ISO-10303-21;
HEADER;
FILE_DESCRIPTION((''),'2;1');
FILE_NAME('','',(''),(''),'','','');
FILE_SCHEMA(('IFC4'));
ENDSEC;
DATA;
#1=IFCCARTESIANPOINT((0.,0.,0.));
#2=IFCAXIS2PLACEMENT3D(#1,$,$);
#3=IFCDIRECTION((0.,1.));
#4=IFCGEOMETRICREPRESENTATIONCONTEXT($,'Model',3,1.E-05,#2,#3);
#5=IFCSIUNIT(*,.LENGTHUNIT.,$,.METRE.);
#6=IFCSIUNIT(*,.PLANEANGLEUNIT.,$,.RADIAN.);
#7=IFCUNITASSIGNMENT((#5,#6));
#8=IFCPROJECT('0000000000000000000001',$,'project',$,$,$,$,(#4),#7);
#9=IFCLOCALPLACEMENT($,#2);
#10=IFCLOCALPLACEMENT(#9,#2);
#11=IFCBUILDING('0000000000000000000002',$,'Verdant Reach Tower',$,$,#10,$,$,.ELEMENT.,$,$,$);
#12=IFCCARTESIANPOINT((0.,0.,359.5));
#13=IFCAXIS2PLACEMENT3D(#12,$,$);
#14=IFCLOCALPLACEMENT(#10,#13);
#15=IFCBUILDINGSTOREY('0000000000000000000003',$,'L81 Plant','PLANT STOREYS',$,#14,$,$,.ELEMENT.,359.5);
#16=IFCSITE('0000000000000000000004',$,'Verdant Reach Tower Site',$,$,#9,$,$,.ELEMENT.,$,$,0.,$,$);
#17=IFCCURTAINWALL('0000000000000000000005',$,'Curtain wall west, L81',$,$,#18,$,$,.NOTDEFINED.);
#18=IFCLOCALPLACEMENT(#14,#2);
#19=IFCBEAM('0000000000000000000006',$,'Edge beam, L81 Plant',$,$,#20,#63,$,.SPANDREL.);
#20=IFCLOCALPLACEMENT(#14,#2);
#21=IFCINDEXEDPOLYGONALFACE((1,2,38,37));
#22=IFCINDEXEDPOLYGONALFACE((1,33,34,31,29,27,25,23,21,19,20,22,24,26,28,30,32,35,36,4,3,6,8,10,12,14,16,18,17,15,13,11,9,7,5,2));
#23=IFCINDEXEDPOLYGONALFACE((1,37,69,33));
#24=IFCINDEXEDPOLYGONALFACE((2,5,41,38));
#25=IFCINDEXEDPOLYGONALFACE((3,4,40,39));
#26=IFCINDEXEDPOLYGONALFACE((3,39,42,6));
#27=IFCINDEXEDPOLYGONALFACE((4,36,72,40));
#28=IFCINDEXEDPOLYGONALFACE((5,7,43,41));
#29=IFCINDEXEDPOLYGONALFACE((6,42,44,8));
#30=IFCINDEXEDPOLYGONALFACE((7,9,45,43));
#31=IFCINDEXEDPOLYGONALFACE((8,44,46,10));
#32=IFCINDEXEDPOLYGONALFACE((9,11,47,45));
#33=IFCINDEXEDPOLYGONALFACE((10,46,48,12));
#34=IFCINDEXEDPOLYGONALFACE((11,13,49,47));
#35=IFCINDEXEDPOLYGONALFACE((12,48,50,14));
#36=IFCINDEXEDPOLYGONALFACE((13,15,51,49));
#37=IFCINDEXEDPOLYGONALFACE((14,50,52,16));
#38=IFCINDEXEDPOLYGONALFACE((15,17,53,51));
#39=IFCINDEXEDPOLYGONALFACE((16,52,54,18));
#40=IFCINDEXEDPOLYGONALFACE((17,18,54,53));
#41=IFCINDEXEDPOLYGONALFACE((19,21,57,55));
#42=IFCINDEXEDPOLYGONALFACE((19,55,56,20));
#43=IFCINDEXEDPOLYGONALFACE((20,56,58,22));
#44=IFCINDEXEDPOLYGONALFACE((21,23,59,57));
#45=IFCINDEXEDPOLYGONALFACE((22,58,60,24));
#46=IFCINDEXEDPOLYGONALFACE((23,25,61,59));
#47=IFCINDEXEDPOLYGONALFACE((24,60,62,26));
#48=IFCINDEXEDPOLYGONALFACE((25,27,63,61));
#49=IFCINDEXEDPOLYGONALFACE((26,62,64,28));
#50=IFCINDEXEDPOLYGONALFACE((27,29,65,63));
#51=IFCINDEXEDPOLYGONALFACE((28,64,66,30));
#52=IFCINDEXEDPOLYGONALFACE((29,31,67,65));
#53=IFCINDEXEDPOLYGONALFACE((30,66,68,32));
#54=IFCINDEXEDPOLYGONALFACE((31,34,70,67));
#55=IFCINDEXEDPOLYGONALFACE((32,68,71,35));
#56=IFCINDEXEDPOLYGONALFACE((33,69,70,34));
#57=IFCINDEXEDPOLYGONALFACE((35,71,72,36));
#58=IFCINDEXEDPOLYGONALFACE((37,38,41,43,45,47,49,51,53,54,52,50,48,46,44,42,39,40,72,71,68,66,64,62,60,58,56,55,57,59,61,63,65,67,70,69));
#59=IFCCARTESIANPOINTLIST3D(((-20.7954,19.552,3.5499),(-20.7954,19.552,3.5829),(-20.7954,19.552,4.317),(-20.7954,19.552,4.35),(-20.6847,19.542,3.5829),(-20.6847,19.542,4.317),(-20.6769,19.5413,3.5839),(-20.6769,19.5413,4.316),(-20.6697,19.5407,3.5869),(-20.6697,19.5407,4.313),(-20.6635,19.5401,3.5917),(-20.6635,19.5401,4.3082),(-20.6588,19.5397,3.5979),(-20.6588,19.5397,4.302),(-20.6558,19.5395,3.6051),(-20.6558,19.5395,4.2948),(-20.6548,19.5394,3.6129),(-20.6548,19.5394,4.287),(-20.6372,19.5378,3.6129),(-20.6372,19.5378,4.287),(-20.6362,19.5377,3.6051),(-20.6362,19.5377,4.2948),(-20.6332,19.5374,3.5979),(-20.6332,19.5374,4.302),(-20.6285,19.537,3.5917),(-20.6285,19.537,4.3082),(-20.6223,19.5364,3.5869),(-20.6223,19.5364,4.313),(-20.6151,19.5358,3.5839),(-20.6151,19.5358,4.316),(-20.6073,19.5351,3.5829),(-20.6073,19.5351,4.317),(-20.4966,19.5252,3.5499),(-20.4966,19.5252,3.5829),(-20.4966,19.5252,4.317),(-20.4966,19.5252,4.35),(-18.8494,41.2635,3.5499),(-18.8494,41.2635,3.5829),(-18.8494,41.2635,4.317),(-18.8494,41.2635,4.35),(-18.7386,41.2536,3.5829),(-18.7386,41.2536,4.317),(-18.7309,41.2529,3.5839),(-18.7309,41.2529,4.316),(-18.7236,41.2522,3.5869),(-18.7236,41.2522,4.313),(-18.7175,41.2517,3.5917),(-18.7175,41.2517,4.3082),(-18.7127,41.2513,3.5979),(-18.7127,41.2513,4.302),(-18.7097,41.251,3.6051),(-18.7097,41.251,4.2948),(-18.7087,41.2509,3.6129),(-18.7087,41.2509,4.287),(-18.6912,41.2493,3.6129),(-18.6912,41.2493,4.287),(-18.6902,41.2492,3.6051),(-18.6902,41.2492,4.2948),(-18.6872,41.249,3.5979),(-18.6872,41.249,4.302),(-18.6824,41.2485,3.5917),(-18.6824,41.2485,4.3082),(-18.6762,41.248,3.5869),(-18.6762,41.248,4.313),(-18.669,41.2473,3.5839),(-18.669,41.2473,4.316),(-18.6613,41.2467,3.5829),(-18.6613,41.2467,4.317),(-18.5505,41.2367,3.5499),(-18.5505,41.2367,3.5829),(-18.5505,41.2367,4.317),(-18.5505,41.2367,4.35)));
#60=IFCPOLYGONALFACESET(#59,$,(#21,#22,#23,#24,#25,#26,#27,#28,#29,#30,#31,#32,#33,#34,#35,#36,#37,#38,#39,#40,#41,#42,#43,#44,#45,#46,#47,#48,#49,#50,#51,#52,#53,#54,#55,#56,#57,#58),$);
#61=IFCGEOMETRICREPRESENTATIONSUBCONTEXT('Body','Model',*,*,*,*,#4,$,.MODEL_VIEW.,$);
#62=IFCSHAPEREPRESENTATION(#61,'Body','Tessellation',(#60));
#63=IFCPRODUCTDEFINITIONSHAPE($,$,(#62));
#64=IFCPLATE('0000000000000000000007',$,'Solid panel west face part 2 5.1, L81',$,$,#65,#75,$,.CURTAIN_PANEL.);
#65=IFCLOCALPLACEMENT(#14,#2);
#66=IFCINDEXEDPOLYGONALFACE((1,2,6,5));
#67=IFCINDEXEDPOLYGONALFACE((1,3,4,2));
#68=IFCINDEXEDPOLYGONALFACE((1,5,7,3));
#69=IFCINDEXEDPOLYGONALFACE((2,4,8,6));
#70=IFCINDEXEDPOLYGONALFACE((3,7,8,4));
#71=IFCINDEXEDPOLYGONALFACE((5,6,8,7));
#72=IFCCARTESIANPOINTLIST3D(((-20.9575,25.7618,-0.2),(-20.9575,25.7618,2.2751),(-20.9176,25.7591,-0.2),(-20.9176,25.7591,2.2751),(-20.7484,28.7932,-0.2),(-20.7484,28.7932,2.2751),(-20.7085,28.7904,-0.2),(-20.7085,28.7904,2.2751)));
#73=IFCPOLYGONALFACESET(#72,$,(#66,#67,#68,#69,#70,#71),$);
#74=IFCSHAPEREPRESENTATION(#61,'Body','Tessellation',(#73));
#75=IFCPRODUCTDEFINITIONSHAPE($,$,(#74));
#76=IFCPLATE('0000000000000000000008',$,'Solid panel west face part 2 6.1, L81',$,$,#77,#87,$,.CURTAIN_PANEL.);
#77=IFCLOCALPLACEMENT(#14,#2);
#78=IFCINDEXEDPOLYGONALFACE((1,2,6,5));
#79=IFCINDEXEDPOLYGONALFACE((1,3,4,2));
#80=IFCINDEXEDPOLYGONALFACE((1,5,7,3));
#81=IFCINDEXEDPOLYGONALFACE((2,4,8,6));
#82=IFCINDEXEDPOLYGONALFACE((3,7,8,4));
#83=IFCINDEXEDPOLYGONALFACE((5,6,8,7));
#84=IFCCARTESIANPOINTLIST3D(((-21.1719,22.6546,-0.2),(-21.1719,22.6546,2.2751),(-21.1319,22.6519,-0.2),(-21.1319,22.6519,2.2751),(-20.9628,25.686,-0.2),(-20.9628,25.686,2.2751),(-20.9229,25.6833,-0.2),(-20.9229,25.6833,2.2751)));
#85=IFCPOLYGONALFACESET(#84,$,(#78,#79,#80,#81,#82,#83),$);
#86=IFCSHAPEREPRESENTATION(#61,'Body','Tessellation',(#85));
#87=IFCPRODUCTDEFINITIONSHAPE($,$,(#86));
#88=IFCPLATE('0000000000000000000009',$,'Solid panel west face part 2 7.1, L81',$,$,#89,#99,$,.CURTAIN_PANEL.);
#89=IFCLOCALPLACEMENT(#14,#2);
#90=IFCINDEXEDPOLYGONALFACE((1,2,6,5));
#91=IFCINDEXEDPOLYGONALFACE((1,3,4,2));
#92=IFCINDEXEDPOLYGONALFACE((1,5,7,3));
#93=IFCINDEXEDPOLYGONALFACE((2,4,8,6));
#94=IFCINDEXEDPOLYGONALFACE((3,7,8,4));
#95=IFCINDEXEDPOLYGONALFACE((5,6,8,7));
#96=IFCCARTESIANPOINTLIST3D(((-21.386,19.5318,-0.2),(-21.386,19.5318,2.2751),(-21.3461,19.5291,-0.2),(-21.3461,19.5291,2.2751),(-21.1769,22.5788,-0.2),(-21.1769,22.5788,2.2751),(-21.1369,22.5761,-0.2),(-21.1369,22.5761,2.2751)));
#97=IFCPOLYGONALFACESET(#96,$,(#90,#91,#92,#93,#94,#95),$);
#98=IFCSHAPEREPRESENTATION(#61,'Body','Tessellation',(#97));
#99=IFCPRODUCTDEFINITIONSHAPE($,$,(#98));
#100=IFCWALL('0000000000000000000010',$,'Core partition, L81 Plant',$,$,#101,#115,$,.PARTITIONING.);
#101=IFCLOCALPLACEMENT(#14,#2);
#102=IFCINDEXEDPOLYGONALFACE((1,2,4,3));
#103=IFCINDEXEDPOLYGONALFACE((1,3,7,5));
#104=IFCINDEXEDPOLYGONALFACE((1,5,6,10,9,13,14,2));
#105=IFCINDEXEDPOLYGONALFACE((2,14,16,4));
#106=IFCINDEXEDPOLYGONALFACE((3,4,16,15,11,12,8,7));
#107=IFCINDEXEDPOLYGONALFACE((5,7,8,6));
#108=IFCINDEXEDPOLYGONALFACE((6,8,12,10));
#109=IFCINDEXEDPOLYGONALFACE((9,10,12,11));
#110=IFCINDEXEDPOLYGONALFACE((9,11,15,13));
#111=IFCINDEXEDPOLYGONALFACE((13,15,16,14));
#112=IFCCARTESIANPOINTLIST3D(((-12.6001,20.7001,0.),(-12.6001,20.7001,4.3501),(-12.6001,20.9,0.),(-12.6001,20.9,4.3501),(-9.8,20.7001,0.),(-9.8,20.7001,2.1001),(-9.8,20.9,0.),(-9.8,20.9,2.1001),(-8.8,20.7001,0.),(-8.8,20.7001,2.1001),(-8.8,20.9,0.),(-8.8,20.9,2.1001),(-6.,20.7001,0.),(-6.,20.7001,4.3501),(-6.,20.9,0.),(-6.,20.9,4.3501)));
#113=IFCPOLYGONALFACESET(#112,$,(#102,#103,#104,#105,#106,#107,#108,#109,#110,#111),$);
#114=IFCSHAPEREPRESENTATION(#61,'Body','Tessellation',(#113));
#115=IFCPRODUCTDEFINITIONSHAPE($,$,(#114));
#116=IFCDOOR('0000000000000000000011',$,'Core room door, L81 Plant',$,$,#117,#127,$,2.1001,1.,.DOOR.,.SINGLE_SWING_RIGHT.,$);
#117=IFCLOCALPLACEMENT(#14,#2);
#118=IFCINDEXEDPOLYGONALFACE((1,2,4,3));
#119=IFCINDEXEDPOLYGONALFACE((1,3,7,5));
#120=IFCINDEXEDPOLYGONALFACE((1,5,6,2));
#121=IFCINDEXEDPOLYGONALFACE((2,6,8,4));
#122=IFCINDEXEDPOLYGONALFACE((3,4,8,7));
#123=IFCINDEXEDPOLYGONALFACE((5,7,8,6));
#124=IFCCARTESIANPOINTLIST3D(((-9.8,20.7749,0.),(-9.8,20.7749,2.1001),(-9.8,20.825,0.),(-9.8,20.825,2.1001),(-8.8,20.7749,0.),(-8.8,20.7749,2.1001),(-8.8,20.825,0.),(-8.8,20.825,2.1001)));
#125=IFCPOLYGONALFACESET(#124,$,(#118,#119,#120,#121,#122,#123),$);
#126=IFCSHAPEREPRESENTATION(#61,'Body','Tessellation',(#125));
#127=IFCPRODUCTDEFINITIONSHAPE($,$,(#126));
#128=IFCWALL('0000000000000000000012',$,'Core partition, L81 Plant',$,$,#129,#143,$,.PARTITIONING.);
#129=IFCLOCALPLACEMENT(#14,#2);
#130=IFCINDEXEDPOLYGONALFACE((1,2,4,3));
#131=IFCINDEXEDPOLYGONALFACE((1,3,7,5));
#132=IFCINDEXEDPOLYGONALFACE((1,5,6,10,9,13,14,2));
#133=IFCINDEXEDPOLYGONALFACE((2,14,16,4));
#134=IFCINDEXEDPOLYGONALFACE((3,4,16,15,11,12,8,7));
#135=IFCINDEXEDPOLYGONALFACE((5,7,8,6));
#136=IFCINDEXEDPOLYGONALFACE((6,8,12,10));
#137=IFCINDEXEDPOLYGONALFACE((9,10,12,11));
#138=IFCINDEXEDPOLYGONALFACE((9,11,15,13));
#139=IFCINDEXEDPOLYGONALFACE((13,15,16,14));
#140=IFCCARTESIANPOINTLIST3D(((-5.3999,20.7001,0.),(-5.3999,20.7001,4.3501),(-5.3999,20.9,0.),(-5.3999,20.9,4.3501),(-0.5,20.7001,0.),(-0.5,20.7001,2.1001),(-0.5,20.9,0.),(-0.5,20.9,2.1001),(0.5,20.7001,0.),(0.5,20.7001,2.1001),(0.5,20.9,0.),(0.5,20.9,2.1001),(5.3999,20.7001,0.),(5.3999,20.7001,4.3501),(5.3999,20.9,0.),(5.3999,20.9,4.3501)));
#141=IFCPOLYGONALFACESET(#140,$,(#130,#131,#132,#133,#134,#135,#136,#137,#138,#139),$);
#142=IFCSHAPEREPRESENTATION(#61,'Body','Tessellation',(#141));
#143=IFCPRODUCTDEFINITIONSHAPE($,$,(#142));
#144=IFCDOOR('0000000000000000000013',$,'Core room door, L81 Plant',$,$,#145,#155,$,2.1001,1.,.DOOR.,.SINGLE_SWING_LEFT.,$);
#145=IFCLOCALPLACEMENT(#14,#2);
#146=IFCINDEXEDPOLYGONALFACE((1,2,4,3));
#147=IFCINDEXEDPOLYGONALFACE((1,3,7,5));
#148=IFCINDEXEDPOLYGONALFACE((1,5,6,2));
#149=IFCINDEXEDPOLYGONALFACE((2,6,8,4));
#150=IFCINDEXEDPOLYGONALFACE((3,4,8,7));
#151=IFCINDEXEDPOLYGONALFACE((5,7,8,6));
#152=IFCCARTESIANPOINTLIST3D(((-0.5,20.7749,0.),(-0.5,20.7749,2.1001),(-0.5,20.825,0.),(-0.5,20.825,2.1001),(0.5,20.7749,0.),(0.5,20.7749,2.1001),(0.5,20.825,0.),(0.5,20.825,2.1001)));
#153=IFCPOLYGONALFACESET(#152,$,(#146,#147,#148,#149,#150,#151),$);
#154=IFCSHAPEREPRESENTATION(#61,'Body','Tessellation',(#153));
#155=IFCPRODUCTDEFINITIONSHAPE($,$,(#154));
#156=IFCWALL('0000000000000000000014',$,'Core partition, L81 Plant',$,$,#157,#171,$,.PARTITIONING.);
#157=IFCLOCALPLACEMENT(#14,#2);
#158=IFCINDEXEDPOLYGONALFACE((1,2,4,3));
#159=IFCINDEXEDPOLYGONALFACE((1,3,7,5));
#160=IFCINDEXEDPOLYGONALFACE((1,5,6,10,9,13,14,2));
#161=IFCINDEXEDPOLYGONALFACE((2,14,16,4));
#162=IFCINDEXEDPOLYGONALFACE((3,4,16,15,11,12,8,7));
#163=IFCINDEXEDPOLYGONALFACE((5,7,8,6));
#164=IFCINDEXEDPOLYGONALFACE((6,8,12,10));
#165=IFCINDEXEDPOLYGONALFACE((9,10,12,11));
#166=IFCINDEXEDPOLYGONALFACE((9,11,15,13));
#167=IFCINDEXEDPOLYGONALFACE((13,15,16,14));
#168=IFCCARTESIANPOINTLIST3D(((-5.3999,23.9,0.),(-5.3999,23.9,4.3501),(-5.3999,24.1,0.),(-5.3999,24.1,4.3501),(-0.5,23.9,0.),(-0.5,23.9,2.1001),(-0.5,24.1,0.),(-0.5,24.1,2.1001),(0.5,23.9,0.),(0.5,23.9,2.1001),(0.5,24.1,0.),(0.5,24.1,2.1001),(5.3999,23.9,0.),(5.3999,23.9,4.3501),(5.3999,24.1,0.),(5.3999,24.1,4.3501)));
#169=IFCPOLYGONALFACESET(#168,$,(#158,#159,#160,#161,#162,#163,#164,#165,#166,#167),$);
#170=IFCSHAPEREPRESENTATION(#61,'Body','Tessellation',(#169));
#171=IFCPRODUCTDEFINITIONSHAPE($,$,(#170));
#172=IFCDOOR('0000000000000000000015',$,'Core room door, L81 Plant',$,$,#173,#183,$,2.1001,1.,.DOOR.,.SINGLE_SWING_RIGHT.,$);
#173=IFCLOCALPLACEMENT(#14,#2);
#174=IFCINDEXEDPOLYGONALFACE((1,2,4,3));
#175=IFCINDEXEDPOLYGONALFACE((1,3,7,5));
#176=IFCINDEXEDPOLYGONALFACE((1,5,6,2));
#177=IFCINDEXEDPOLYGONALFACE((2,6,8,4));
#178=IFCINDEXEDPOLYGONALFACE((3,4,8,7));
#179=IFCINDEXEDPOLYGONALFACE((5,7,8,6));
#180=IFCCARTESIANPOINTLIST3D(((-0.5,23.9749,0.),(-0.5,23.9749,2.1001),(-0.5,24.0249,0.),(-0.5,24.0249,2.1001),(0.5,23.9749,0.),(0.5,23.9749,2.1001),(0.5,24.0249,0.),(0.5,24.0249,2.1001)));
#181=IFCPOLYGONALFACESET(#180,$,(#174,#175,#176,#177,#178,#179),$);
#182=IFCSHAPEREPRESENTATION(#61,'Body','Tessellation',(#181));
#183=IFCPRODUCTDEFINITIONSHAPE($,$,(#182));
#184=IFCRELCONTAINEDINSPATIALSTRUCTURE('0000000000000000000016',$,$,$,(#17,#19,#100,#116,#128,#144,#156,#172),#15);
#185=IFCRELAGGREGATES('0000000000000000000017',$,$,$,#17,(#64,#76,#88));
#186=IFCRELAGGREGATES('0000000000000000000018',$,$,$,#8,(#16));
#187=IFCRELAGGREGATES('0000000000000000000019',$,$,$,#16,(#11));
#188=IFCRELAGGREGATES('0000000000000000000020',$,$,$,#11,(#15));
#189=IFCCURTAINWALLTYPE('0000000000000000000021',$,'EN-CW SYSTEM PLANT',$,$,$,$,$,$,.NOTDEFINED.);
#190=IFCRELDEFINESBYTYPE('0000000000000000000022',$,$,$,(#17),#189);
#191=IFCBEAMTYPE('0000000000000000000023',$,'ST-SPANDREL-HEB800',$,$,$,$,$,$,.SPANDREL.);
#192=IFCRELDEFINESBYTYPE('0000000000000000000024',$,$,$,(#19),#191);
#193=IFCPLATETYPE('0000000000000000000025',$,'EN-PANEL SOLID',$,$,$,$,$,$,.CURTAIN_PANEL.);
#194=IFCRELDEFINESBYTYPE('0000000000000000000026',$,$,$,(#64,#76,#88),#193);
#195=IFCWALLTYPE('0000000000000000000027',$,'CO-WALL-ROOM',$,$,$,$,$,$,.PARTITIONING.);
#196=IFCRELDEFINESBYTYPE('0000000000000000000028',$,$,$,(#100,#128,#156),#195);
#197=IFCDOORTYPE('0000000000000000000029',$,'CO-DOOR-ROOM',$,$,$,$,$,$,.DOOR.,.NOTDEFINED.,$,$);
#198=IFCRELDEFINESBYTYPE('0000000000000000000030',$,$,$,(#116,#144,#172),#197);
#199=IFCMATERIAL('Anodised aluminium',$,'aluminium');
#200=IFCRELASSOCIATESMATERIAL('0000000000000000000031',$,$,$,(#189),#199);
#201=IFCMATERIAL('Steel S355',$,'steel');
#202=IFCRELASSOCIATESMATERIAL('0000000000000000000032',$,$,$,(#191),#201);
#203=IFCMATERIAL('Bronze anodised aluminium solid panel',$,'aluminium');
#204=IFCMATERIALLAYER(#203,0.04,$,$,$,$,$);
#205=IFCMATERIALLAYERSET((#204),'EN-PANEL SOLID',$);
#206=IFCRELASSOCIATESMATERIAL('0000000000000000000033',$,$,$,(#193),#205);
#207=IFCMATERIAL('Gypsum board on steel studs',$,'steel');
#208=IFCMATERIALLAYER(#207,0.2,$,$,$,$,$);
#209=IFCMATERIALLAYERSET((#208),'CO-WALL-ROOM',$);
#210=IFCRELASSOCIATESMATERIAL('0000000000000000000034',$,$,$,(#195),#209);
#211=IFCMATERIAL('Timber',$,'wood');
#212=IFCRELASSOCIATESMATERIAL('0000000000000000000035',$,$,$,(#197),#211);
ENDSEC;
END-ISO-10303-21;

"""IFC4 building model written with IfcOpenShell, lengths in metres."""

from ifc_helpers import new_model, si_unit, direction, frame, frame_2d, origin, origin_2d, place, context, subcontext, project, spatial, rectangle, i_section, extrude, material, layer, layer_set, material_profile, profile_set, type_object, element, fill, aggregate, save


model = new_model("IFC4")

# Units and contexts
model_context = context("Model", 3, precision=1e-05, world=origin(), true_north=direction((0.0, 1.0)))
body_context = subcontext(model_context, "Body", "Model", "MODEL_VIEW")
ifc_project = project(units=[si_unit("LENGTHUNIT", "METRE"), si_unit("PLANEANGLEUNIT", "RADIAN")], contexts=[model_context])

# Site, building, storey
site_placement = place(None, origin())
site = spatial("IfcSite", under=ifc_project, at=site_placement, Name="Verdant Reach Tower Site", CompositionType="ELEMENT", RefElevation=0.0)
building_placement = place(site_placement, origin())
building = spatial("IfcBuilding", under=site, at=building_placement, Name="Verdant Reach Tower", CompositionType="ELEMENT")
storey_placement = place(building_placement, frame((0.0, 0.0, 359.5)))
storey = spatial("IfcBuildingStorey", under=building, at=storey_placement, Name="L81 Plant", Description="PLANT STOREYS", CompositionType="ELEMENT", Elevation=359.5)

# Curtain wall
ifc_material_1 = material(Name="Anodised aluminium", Category="aluminium")
curtain_wall_type = type_object("IfcCurtainWallType", Name="EN-CW SYSTEM PLANT", PredefinedType="NOTDEFINED", material=ifc_material_1)
curtain_wall_1_placement = place(storey_placement, origin())
curtain_wall_1 = element("IfcCurtainWall", 1, at=curtain_wall_1_placement, inside=storey, type_object=curtain_wall_type, Name="Curtain wall west, L81", PredefinedType="NOTDEFINED")

# Beam
ifc_material_2 = material(Name="Steel S355", Category="steel")
ifc_material_profile_1 = material_profile(ifc_material_2, i_section(OverallWidth=0.3, OverallDepth=0.8, WebThickness=0.0176, FlangeThickness=0.033, FilletRadius=0.03, at=origin_2d()), Name="HEB 800")
ifc_profile_set_1 = profile_set([ifc_material_profile_1], Name="Steel S355")
beam_type_1 = type_object("IfcBeamType", Name="ST-SPANDREL-HEB800", PredefinedType="SPANDREL", material=ifc_profile_set_1)
beam_1_placement = place(storey_placement, frame((-20.646, 19.5386, 3.95), z_axis=(0.089274, 0.996007, 0.0), x_axis=(-0.996007, 0.089274, 0.0)))
element("IfcBeam", 2, at=beam_1_placement, inside=storey, type_object=beam_type_1, Name="Edge beam, L81 Plant", PredefinedType="SPANDREL", context=body_context, shape_type="SweptSolid", body=[
    extrude(i_section(OverallWidth=0.3, OverallDepth=0.8, WebThickness=0.0176, FlangeThickness=0.033, FilletRadius=0.03, at=origin_2d()), origin(), (0.0, 0.0, 1.0), 21.7986),
])

# Plates
ifc_material_3 = material(Name="Bronze anodised aluminium solid panel", Category="aluminium")
ifc_layer_1 = layer(ifc_material_3, 0.04)
ifc_layer_set_1 = layer_set([ifc_layer_1], Name="EN-PANEL SOLID")
plate_type = type_object("IfcPlateType", Name="EN-PANEL SOLID", PredefinedType="CURTAIN_PANEL", material=ifc_layer_set_1)
plate_1_placement = place(storey_placement, frame((-20.833, 27.2761, -0.2), z_axis=(0.0, 0.0, 1.0), x_axis=(-0.068802, -0.99763, 0.0)))
plate_1 = element("IfcPlate", 3, at=plate_1_placement, type_object=plate_type, Name="Solid panel west face part 2 5.1, L81", PredefinedType="CURTAIN_PANEL", context=body_context, shape_type="SweptSolid", body=[
    extrude(rectangle(XDim=3.0386, YDim=0.04, at=origin_2d()), origin(), (0.0, 0.0, 1.0), 2.4751),
])
plate_2_placement = place(storey_placement, frame((-21.0474, 24.1689, -0.2), z_axis=(0.0, 0.0, 1.0), x_axis=(-0.068802, -0.99763, 0.0)))
plate_2 = element("IfcPlate", 4, at=plate_2_placement, type_object=plate_type, Name="Solid panel west face part 2 6.1, L81", PredefinedType="CURTAIN_PANEL", context=body_context, shape_type="SweptSolid", body=[
    extrude(rectangle(XDim=3.0386, YDim=0.04, at=origin_2d()), origin(), (0.0, 0.0, 1.0), 2.4751),
])
plate_3_placement = place(storey_placement, frame((-21.2615, 21.054, -0.2), z_axis=(0.0, 0.0, 1.0), x_axis=(-0.068469, -0.997653, 0.0)))
plate_3 = element("IfcPlate", 5, at=plate_3_placement, type_object=plate_type, Name="Solid panel west face part 2 7.1, L81", PredefinedType="CURTAIN_PANEL", context=body_context, shape_type="SweptSolid", body=[
    extrude(rectangle(XDim=3.0542, YDim=0.04, at=origin_2d()), origin(), (0.0, 0.0, 1.0), 2.4751),
])

# Walls, openings, doors
ifc_material_4 = material(Name="Gypsum board on steel studs", Category="steel")
ifc_layer_2 = layer(ifc_material_4, 0.2)
ifc_layer_set_2 = layer_set([ifc_layer_2], Name="CO-WALL-ROOM")
wall_type_1 = type_object("IfcWallType", Name="CO-WALL-ROOM", PredefinedType="PARTITIONING", material=ifc_layer_set_2)
wall_1_placement = place(storey_placement, frame((-12.6001, 20.8, 0.0), z_axis=(0.0, 0.0, 1.0), x_axis=(1.0, 0.0, 0.0)))
wall_1 = element("IfcWall", 6, at=wall_1_placement, inside=storey, type_object=wall_type_1, Name="Core partition, L81 Plant", PredefinedType="PARTITIONING", context=body_context, shape_type="SweptSolid", body=[
    extrude(rectangle(XDim=6.6001, YDim=0.2, at=frame_2d((3.3, 0.0))), origin(), (0.0, 0.0, 1.0), 4.3501),
])
opening_1_placement = place(wall_1_placement, frame((2.8, 0.0, 0.0)))
opening_1 = element("IfcOpeningElement", 7, at=opening_1_placement, cuts=wall_1, PredefinedType="OPENING", context=body_context, shape_type="SweptSolid", body=[
    extrude(rectangle(XDim=1.0, YDim=2.1001, at=frame_2d((0.5, 1.05))), frame((0.0, 0.1099, 0.0), z_axis=(0.0, -1.0, 0.0), x_axis=(1.0, 0.0, 0.0)), (0.0, 0.0, 1.0), 0.22),
])
ifc_material_5 = material(Name="Timber", Category="wood")
door_type_1 = type_object("IfcDoorType", Name="CO-DOOR-ROOM", OperationType="NOTDEFINED", PredefinedType="DOOR", material=ifc_material_5)
door_1_placement = place(opening_1_placement, origin())
door_1 = element("IfcDoor", 8, at=door_1_placement, inside=storey, type_object=door_type_1, Name="Core room door, L81 Plant", OperationType="SINGLE_SWING_RIGHT", OverallHeight=2.1001, OverallWidth=1.0, PredefinedType="DOOR", context=body_context, shape_type="SweptSolid", body=[
    extrude(rectangle(XDim=1.0, YDim=2.1001, at=frame_2d((0.5, 1.05))), frame((0.0, 0.0249, 0.0), z_axis=(0.0, -1.0, 0.0), x_axis=(1.0, 0.0, 0.0)), (0.0, 0.0, 1.0), 0.05),
])
fill(opening_1, door_1)
wall_2_placement = place(storey_placement, frame((-5.3999, 20.8, 0.0), z_axis=(0.0, 0.0, 1.0), x_axis=(1.0, 0.0, 0.0)))
wall_2 = element("IfcWall", 9, at=wall_2_placement, inside=storey, type_object=wall_type_1, Name="Core partition, L81 Plant", PredefinedType="PARTITIONING", context=body_context, shape_type="SweptSolid", body=[
    extrude(rectangle(XDim=10.7998, YDim=0.2, at=frame_2d((5.3999, 0.0))), origin(), (0.0, 0.0, 1.0), 4.3501),
])
opening_2_placement = place(wall_2_placement, frame((4.8999, 0.0, 0.0)))
opening_2 = element("IfcOpeningElement", 10, at=opening_2_placement, cuts=wall_2, PredefinedType="OPENING", context=body_context, shape_type="SweptSolid", body=[
    extrude(rectangle(XDim=1.0, YDim=2.1001, at=frame_2d((0.5, 1.05))), frame((0.0, 0.1099, 0.0), z_axis=(0.0, -1.0, 0.0), x_axis=(1.0, 0.0, 0.0)), (0.0, 0.0, 1.0), 0.22),
])
door_2_placement = place(opening_2_placement, origin())
door_2 = element("IfcDoor", 11, at=door_2_placement, inside=storey, type_object=door_type_1, Name="Core room door, L81 Plant", OperationType="SINGLE_SWING_LEFT", OverallHeight=2.1001, OverallWidth=1.0, PredefinedType="DOOR", context=body_context, shape_type="SweptSolid", body=[
    extrude(rectangle(XDim=1.0, YDim=2.1001, at=frame_2d((0.5, 1.05))), frame((0.0, 0.0249, 0.0), z_axis=(0.0, -1.0, 0.0), x_axis=(1.0, 0.0, 0.0)), (0.0, 0.0, 1.0), 0.05),
])
fill(opening_2, door_2)
wall_3_placement = place(storey_placement, frame((-5.3999, 24.0, 0.0), z_axis=(0.0, 0.0, 1.0), x_axis=(1.0, 0.0, 0.0)))
wall_3 = element("IfcWall", 12, at=wall_3_placement, inside=storey, type_object=wall_type_1, Name="Core partition, L81 Plant", PredefinedType="PARTITIONING", context=body_context, shape_type="SweptSolid", body=[
    extrude(rectangle(XDim=10.7998, YDim=0.2, at=frame_2d((5.3999, 0.0))), origin(), (0.0, 0.0, 1.0), 4.3501),
])
opening_3_placement = place(wall_3_placement, frame((4.8999, 0.0, 0.0)))
opening_3 = element("IfcOpeningElement", 13, at=opening_3_placement, cuts=wall_3, PredefinedType="OPENING", context=body_context, shape_type="SweptSolid", body=[
    extrude(rectangle(XDim=1.0, YDim=2.1001, at=frame_2d((0.5, 1.05))), frame((0.0, 0.1099, 0.0), z_axis=(0.0, -1.0, 0.0), x_axis=(1.0, 0.0, 0.0)), (0.0, 0.0, 1.0), 0.22),
])
door_3_placement = place(opening_3_placement, origin())
door_3 = element("IfcDoor", 14, at=door_3_placement, inside=storey, type_object=door_type_1, Name="Core room door, L81 Plant", OperationType="SINGLE_SWING_RIGHT", OverallHeight=2.1001, OverallWidth=1.0, PredefinedType="DOOR", context=body_context, shape_type="SweptSolid", body=[
    extrude(rectangle(XDim=1.0, YDim=2.1001, at=frame_2d((0.5, 1.05))), frame((0.0, 0.0249, 0.0), z_axis=(0.0, -1.0, 0.0), x_axis=(1.0, 0.0, 0.0)), (0.0, 0.0, 1.0), 0.05),
])
fill(opening_3, door_3)

aggregate(curtain_wall_1, [plate_1, plate_2, plate_3])

save(model, "model.ifc")
